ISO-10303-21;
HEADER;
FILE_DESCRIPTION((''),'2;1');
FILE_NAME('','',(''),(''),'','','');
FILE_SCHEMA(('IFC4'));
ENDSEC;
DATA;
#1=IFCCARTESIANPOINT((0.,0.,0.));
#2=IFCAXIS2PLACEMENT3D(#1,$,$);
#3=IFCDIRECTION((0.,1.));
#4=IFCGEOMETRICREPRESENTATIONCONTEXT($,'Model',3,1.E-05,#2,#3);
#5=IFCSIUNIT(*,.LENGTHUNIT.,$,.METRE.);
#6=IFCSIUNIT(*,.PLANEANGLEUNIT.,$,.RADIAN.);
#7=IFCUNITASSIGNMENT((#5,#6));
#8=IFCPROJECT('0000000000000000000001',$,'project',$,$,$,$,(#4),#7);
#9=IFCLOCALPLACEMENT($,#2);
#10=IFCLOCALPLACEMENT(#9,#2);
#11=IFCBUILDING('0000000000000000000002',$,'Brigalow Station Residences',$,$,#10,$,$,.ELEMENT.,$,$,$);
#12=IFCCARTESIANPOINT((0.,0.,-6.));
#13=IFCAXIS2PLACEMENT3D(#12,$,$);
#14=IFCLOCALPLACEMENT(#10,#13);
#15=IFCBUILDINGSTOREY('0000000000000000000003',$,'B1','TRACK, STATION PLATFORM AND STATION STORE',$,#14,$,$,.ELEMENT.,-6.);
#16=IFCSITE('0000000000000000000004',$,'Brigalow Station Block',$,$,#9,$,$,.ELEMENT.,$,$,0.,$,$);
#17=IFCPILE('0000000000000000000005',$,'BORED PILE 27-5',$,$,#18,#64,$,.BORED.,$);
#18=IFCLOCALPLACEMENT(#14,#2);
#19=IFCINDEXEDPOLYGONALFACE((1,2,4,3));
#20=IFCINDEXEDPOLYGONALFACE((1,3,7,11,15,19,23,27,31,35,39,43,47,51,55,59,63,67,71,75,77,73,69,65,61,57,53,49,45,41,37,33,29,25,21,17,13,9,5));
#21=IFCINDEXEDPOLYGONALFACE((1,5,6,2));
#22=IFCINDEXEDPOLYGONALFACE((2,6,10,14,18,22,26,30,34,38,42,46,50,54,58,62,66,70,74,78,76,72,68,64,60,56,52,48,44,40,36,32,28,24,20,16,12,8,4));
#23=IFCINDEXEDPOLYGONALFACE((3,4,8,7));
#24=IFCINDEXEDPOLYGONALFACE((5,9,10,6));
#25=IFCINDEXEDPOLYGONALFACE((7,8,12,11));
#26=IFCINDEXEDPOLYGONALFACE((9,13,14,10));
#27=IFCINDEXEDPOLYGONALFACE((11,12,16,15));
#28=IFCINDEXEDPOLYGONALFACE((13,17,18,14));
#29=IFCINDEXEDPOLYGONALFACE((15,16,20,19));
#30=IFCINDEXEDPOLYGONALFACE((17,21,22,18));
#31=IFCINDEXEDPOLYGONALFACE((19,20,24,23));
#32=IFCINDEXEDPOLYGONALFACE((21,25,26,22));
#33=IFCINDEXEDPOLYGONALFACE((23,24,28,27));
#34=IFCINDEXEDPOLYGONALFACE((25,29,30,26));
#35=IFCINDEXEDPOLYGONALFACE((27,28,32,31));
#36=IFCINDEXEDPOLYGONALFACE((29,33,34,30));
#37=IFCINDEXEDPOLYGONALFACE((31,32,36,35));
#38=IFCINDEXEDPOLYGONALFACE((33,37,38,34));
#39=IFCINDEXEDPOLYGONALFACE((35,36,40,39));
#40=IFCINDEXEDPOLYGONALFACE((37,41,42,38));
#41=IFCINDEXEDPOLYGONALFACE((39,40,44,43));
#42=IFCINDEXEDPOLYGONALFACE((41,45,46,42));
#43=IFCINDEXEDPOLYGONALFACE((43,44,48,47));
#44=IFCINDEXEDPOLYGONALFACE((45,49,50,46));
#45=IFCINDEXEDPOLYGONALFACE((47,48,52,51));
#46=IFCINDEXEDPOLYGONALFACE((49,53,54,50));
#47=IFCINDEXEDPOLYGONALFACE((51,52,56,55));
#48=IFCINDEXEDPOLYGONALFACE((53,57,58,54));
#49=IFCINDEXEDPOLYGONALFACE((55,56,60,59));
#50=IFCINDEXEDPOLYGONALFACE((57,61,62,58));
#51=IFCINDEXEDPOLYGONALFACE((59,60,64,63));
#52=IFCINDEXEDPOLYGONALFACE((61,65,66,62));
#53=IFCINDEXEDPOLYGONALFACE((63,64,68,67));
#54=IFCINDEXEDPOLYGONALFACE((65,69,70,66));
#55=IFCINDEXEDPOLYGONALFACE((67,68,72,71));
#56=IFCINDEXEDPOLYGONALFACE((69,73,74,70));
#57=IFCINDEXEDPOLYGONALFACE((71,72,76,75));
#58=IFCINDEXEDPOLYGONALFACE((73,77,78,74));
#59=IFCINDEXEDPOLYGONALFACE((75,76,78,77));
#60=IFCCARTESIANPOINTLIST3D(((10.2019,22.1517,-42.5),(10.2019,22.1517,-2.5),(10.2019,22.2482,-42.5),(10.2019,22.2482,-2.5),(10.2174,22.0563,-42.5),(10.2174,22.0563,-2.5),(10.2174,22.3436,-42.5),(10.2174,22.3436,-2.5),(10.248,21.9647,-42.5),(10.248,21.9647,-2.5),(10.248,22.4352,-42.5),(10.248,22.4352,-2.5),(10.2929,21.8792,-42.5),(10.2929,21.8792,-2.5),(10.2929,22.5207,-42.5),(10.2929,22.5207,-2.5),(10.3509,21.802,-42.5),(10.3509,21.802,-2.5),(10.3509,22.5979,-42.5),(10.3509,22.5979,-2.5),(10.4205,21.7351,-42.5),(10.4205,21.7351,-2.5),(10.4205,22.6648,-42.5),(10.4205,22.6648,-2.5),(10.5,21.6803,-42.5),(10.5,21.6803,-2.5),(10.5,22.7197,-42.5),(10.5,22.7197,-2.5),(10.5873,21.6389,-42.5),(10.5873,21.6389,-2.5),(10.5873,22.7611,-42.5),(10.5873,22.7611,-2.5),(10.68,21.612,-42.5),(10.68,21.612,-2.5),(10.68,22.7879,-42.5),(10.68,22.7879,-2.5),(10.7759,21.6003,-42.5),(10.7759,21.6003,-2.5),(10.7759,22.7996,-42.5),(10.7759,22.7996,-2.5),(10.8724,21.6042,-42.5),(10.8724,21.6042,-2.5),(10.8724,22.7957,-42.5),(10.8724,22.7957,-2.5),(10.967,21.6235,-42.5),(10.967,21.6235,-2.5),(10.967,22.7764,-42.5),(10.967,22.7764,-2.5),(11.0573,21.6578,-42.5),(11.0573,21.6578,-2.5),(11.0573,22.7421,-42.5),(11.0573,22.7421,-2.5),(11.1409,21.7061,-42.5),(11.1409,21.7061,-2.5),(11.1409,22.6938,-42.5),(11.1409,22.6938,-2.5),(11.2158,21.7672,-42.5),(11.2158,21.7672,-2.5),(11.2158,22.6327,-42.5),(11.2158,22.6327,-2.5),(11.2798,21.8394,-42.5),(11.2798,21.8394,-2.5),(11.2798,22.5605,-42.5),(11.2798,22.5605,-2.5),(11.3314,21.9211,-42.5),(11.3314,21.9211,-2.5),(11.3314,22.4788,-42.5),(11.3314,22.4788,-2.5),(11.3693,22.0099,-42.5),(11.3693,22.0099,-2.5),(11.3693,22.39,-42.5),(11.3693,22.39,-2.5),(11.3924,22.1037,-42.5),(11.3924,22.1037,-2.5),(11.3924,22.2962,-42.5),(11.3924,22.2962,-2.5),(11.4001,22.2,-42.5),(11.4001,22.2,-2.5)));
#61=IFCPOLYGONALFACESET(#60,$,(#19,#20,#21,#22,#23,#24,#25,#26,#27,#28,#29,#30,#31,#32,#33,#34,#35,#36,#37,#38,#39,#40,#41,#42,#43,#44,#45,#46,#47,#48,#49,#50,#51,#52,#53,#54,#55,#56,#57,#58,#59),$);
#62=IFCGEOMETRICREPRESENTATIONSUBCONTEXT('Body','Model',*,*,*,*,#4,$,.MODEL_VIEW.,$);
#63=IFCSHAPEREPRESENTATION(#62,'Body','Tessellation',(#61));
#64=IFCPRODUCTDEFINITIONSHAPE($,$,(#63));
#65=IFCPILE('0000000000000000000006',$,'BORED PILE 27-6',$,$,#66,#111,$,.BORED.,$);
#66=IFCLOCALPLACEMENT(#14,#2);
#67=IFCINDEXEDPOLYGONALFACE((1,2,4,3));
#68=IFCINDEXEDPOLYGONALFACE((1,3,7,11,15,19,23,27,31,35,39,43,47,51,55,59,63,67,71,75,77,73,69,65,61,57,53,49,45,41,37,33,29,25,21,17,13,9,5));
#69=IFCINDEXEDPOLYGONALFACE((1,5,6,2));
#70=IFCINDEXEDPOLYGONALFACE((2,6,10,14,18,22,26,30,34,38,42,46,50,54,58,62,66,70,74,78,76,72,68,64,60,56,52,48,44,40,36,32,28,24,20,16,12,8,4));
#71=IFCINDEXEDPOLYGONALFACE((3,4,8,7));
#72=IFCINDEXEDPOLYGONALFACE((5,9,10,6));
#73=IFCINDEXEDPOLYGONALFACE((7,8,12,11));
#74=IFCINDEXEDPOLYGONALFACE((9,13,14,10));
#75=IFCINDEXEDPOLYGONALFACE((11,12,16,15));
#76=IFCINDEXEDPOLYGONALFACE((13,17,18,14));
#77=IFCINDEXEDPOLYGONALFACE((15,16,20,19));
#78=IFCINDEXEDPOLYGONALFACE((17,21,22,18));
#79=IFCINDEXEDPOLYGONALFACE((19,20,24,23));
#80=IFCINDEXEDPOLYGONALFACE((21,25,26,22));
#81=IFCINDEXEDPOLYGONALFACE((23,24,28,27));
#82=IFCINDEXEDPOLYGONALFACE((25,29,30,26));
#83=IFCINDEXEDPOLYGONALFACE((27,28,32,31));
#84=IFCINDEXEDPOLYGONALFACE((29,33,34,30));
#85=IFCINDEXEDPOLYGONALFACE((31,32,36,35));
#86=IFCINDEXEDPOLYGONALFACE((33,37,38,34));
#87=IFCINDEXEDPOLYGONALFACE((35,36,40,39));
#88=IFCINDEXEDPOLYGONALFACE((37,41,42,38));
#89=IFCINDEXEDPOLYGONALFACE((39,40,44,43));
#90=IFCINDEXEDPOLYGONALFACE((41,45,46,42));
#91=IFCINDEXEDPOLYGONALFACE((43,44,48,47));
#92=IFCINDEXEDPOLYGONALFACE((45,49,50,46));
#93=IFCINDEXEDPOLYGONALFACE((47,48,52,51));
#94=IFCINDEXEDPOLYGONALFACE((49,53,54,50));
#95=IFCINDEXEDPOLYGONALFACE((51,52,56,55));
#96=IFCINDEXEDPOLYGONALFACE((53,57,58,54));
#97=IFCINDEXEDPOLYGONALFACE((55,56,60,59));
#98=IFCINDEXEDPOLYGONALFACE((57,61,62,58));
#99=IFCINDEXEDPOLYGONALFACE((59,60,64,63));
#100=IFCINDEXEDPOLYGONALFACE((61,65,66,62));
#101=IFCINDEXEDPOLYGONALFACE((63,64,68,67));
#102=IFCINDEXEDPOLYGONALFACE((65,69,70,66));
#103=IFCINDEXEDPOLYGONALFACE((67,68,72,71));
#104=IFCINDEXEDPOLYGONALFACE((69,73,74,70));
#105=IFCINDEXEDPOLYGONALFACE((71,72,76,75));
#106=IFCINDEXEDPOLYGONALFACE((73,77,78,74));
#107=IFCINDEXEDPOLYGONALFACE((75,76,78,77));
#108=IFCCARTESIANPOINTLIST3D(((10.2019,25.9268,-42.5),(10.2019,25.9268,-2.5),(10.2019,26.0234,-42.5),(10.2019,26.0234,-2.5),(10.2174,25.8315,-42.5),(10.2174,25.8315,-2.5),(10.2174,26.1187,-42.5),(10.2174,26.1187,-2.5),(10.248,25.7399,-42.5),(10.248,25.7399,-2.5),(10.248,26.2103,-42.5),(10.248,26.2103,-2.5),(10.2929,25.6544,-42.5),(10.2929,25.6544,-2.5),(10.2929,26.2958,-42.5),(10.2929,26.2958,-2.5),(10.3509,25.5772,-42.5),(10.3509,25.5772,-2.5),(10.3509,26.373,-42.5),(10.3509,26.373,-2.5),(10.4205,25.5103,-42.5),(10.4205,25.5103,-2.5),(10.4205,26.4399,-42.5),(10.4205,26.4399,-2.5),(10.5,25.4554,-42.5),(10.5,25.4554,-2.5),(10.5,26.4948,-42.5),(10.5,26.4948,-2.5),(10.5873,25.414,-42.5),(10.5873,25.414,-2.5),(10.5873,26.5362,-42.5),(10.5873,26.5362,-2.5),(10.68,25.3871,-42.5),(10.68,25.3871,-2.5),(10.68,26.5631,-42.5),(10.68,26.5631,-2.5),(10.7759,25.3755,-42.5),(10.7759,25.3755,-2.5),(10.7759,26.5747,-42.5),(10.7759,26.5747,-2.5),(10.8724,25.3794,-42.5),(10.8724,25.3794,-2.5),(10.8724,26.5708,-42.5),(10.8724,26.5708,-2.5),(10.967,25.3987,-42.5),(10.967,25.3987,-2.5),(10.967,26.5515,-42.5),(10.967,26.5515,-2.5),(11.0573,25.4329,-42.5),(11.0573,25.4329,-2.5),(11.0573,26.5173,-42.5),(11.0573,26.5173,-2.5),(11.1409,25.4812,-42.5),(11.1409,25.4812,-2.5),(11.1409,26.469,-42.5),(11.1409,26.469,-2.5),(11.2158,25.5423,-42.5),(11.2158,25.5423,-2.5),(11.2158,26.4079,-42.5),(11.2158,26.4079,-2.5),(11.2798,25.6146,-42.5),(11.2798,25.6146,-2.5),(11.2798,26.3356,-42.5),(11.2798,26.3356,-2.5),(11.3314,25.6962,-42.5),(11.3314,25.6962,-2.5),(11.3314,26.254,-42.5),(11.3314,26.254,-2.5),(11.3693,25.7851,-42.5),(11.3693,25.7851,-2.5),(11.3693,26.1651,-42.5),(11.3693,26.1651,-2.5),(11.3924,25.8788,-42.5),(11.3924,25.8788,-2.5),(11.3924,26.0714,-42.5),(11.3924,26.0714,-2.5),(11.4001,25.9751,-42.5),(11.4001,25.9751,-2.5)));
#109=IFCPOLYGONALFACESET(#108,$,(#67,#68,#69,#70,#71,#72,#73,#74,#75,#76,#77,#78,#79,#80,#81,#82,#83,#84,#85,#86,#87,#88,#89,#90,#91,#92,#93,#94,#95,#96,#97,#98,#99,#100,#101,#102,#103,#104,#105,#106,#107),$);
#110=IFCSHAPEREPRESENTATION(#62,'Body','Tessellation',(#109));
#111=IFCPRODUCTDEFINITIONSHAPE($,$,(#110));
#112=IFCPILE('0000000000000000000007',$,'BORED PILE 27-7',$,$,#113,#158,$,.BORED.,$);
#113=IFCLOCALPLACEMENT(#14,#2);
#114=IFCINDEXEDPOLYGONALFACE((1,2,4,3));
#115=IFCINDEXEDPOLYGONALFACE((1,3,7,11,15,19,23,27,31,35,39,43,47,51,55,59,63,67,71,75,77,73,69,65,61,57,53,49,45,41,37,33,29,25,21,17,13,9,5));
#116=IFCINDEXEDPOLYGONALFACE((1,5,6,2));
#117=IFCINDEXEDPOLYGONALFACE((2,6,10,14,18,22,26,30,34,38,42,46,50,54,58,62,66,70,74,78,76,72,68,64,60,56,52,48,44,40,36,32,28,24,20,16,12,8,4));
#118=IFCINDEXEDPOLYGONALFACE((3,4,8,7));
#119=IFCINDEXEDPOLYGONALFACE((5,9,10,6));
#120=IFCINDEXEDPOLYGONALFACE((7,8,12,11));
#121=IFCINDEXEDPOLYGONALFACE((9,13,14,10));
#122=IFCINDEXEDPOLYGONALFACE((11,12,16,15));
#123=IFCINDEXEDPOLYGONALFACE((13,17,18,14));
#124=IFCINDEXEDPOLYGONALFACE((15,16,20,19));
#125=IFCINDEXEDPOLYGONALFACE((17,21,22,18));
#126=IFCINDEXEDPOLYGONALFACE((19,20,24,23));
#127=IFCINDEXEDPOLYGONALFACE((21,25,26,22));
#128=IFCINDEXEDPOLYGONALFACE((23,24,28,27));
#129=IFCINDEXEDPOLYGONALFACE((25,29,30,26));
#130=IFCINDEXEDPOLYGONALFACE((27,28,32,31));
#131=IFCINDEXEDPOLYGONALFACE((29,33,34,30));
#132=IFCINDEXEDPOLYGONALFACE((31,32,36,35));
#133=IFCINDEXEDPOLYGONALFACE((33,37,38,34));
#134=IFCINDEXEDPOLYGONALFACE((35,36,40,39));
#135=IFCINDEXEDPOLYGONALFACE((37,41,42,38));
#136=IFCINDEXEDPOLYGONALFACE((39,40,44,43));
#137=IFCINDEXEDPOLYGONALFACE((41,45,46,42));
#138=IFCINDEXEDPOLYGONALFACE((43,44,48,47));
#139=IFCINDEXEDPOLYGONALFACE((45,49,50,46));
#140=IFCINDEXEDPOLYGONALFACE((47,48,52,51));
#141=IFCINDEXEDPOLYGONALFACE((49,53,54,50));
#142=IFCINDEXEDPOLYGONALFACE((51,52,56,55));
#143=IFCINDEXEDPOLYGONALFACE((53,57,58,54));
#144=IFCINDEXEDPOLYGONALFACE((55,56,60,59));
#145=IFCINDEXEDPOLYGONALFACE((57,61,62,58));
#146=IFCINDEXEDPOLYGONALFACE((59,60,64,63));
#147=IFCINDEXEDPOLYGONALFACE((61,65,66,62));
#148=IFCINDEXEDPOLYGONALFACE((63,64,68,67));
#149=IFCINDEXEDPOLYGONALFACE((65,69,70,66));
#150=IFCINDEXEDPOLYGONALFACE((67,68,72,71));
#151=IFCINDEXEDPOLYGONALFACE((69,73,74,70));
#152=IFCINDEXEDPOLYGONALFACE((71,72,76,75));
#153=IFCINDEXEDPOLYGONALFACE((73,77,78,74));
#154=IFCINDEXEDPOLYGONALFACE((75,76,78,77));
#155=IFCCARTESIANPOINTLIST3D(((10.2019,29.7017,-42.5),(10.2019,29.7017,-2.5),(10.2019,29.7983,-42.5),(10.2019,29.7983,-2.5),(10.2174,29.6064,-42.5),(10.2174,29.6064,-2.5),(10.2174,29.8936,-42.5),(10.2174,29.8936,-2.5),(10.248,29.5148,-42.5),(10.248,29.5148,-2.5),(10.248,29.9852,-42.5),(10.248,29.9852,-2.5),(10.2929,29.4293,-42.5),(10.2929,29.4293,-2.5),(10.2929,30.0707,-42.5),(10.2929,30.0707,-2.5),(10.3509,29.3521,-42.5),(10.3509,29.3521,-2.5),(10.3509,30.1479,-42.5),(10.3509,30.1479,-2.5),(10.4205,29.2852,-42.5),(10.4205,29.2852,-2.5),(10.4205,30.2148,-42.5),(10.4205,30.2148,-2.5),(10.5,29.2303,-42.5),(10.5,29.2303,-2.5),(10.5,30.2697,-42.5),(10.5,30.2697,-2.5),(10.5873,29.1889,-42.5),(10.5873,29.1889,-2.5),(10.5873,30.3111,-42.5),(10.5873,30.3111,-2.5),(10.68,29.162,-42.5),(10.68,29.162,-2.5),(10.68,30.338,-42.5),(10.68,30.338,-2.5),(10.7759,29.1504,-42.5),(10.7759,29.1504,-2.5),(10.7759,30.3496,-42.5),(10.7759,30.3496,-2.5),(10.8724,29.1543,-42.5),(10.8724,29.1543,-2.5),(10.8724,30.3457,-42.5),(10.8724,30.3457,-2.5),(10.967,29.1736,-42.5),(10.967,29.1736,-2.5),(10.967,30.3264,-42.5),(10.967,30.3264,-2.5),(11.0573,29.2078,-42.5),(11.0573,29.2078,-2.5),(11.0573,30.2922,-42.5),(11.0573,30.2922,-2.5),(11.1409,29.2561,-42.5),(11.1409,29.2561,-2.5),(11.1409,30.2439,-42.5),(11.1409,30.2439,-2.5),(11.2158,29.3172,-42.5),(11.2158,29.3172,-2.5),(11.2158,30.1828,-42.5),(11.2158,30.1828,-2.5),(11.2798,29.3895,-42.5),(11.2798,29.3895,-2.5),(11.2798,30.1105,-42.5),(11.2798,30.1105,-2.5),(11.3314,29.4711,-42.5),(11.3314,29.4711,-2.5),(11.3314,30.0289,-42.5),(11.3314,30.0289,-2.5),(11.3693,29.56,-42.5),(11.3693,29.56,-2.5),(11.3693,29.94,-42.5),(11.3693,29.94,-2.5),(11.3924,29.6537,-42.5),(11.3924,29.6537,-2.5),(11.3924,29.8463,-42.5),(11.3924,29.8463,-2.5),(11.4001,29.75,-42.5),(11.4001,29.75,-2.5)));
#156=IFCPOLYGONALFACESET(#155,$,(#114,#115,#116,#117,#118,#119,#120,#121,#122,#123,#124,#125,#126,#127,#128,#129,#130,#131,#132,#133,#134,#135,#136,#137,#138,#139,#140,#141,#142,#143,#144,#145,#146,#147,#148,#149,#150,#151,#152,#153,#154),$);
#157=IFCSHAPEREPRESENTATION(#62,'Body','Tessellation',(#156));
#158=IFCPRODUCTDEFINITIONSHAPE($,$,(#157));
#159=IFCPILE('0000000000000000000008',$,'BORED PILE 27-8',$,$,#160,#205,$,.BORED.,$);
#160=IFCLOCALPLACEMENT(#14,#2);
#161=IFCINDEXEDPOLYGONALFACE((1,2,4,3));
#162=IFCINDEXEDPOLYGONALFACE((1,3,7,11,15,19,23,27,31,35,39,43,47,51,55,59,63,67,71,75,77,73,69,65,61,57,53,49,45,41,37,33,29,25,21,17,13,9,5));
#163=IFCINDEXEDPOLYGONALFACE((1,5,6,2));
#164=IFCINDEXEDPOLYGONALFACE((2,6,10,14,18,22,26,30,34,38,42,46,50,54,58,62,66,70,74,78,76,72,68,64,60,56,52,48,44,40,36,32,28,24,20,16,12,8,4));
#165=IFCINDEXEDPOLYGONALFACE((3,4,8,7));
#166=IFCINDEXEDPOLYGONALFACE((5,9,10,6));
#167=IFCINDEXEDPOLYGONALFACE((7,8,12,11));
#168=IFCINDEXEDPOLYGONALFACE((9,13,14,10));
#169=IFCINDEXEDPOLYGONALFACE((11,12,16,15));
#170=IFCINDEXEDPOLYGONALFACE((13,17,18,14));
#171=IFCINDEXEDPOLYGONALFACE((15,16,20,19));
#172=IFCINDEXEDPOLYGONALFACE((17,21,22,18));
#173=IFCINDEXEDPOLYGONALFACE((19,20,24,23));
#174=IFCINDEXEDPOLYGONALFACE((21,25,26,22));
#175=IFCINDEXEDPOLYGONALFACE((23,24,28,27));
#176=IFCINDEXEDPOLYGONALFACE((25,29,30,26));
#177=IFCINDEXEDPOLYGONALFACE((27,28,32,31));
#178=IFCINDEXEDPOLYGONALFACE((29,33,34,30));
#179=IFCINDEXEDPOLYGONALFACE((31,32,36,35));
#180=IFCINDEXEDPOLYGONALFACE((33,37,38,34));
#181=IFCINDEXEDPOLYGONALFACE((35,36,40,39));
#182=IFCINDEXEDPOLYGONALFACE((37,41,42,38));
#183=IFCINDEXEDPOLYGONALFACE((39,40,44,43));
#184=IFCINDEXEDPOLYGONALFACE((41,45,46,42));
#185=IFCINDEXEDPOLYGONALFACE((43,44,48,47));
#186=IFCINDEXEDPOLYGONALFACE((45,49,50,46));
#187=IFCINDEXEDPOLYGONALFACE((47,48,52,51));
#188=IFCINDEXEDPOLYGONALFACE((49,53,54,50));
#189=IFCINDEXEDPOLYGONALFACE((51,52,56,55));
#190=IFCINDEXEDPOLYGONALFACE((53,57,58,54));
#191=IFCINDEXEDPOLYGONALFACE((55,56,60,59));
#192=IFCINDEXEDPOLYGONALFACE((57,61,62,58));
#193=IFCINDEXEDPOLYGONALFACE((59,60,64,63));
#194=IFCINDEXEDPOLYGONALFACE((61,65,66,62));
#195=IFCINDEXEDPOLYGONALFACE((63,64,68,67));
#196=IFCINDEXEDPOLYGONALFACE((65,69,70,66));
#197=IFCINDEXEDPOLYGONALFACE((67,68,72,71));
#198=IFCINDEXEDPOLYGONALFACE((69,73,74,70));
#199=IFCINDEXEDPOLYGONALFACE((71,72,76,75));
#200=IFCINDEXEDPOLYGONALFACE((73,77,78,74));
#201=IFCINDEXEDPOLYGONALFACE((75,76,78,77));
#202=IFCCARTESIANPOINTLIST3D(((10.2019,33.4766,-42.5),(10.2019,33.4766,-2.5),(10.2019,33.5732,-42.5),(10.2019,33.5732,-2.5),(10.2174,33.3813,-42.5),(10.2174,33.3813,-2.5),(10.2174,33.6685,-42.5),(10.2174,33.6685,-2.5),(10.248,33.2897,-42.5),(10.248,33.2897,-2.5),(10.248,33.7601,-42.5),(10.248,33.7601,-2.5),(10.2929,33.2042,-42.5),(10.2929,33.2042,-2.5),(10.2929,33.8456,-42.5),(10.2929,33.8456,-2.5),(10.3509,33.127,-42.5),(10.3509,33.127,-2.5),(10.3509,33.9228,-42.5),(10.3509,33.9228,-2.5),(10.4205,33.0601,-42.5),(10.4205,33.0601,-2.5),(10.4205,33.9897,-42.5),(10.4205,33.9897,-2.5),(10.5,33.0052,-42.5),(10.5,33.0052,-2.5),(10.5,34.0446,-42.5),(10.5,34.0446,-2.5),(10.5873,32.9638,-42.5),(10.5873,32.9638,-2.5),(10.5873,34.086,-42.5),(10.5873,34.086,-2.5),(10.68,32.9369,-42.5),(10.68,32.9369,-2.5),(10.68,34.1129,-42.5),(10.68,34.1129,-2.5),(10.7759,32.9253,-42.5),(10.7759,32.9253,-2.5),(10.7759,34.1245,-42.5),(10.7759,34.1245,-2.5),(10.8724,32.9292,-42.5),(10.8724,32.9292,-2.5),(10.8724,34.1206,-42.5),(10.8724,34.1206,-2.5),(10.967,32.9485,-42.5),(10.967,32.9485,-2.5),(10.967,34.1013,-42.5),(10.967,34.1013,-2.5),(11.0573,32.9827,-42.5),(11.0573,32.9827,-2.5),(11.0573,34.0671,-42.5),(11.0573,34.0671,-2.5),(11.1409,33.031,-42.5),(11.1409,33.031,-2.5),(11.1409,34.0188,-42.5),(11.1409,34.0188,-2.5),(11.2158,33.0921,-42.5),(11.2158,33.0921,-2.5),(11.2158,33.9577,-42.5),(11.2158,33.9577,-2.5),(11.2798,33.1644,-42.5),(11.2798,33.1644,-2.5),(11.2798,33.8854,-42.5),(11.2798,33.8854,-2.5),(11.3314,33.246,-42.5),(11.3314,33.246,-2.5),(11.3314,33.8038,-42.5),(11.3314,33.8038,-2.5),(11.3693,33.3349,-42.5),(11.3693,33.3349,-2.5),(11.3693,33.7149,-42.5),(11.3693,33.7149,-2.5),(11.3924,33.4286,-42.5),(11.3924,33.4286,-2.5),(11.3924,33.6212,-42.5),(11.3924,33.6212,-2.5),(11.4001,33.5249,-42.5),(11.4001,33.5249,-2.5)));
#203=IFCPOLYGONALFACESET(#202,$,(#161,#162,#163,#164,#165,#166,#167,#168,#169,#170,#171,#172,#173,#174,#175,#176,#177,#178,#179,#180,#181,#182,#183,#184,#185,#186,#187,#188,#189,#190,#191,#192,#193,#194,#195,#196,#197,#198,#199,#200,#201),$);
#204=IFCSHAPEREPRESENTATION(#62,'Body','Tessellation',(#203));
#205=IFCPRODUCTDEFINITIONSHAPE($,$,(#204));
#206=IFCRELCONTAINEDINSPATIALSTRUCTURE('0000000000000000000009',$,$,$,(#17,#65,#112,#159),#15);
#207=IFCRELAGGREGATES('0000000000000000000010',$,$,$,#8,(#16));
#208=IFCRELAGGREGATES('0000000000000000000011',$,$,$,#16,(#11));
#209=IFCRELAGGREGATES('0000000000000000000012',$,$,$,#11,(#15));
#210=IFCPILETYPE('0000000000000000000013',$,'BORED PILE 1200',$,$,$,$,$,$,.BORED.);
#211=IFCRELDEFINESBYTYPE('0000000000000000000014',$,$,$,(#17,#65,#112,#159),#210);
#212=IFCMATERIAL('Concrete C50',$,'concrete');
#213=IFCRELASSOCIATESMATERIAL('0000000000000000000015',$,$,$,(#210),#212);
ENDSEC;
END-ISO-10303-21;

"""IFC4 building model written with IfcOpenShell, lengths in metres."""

from ifc_helpers import new_model, si_unit, direction, frame, origin, origin_2d, place, context, subcontext, project, spatial, circle, extrude, material, material_profile, profile_set, type_object, element, save


model = new_model("IFC4")

# Units and contexts
model_context = context("Model", 3, precision=1e-05, world=origin(), true_north=direction((0.0, 1.0)))
body_context = subcontext(model_context, "Body", "Model", "MODEL_VIEW")
ifc_project = project(units=[si_unit("LENGTHUNIT", "METRE"), si_unit("PLANEANGLEUNIT", "RADIAN")], contexts=[model_context])

# Site, building, storey
site_placement = place(None, origin())
site = spatial("IfcSite", under=ifc_project, at=site_placement, Name="Brigalow Station Block", CompositionType="ELEMENT", RefElevation=0.0)
building_placement = place(site_placement, origin())
building = spatial("IfcBuilding", under=site, at=building_placement, Name="Brigalow Station Residences", CompositionType="ELEMENT")
storey_placement = place(building_placement, frame((0.0, 0.0, -6.0)))
storey = spatial("IfcBuildingStorey", under=building, at=storey_placement, Name="B1", Description="TRACK, STATION PLATFORM AND STATION STORE", CompositionType="ELEMENT", Elevation=-6.0)

# Piles
ifc_material_1 = material(Name="Concrete C50", Category="concrete")
ifc_material_profile_1 = material_profile(ifc_material_1, circle(Radius=0.6001, at=origin_2d()), Name="BP1200")
ifc_profile_set_1 = profile_set([ifc_material_profile_1], Name="Concrete C50")
pile_type_1 = type_object("IfcPileType", Name="BORED PILE 1200", PredefinedType="BORED", material=ifc_profile_set_1)
for number, where, z_axis, x_axis, name in (
    (1, (10.8, 22.2, -2.5), (0.0, 0.0, -1.0), (1.0, 0.0, 0.0), "BORED PILE 27-5"),
    (2, (10.8, 25.9751, -2.5), (0.0, 0.0, -1.0), (1.0, 0.0, 0.0), "BORED PILE 27-6"),
    (3, (10.8, 29.75, -2.5), (0.0, 0.0, -1.0), (1.0, 0.0, 0.0), "BORED PILE 27-7"),
    (4, (10.8, 33.5249, -2.5), (0.0, 0.0, -1.0), (1.0, 0.0, 0.0), "BORED PILE 27-8"),
):
    element("IfcPile", number, at=place(storey_placement, frame(where, z_axis=z_axis, x_axis=x_axis)), inside=storey, type_object=pile_type_1, Name=name, PredefinedType="BORED", context=body_context, shape_type="SweptSolid", body=[
        extrude(circle(Radius=0.6001, at=origin_2d()), origin(), (0.0, 0.0, 1.0), 40.0),
    ])

save(model, "model.ifc")
